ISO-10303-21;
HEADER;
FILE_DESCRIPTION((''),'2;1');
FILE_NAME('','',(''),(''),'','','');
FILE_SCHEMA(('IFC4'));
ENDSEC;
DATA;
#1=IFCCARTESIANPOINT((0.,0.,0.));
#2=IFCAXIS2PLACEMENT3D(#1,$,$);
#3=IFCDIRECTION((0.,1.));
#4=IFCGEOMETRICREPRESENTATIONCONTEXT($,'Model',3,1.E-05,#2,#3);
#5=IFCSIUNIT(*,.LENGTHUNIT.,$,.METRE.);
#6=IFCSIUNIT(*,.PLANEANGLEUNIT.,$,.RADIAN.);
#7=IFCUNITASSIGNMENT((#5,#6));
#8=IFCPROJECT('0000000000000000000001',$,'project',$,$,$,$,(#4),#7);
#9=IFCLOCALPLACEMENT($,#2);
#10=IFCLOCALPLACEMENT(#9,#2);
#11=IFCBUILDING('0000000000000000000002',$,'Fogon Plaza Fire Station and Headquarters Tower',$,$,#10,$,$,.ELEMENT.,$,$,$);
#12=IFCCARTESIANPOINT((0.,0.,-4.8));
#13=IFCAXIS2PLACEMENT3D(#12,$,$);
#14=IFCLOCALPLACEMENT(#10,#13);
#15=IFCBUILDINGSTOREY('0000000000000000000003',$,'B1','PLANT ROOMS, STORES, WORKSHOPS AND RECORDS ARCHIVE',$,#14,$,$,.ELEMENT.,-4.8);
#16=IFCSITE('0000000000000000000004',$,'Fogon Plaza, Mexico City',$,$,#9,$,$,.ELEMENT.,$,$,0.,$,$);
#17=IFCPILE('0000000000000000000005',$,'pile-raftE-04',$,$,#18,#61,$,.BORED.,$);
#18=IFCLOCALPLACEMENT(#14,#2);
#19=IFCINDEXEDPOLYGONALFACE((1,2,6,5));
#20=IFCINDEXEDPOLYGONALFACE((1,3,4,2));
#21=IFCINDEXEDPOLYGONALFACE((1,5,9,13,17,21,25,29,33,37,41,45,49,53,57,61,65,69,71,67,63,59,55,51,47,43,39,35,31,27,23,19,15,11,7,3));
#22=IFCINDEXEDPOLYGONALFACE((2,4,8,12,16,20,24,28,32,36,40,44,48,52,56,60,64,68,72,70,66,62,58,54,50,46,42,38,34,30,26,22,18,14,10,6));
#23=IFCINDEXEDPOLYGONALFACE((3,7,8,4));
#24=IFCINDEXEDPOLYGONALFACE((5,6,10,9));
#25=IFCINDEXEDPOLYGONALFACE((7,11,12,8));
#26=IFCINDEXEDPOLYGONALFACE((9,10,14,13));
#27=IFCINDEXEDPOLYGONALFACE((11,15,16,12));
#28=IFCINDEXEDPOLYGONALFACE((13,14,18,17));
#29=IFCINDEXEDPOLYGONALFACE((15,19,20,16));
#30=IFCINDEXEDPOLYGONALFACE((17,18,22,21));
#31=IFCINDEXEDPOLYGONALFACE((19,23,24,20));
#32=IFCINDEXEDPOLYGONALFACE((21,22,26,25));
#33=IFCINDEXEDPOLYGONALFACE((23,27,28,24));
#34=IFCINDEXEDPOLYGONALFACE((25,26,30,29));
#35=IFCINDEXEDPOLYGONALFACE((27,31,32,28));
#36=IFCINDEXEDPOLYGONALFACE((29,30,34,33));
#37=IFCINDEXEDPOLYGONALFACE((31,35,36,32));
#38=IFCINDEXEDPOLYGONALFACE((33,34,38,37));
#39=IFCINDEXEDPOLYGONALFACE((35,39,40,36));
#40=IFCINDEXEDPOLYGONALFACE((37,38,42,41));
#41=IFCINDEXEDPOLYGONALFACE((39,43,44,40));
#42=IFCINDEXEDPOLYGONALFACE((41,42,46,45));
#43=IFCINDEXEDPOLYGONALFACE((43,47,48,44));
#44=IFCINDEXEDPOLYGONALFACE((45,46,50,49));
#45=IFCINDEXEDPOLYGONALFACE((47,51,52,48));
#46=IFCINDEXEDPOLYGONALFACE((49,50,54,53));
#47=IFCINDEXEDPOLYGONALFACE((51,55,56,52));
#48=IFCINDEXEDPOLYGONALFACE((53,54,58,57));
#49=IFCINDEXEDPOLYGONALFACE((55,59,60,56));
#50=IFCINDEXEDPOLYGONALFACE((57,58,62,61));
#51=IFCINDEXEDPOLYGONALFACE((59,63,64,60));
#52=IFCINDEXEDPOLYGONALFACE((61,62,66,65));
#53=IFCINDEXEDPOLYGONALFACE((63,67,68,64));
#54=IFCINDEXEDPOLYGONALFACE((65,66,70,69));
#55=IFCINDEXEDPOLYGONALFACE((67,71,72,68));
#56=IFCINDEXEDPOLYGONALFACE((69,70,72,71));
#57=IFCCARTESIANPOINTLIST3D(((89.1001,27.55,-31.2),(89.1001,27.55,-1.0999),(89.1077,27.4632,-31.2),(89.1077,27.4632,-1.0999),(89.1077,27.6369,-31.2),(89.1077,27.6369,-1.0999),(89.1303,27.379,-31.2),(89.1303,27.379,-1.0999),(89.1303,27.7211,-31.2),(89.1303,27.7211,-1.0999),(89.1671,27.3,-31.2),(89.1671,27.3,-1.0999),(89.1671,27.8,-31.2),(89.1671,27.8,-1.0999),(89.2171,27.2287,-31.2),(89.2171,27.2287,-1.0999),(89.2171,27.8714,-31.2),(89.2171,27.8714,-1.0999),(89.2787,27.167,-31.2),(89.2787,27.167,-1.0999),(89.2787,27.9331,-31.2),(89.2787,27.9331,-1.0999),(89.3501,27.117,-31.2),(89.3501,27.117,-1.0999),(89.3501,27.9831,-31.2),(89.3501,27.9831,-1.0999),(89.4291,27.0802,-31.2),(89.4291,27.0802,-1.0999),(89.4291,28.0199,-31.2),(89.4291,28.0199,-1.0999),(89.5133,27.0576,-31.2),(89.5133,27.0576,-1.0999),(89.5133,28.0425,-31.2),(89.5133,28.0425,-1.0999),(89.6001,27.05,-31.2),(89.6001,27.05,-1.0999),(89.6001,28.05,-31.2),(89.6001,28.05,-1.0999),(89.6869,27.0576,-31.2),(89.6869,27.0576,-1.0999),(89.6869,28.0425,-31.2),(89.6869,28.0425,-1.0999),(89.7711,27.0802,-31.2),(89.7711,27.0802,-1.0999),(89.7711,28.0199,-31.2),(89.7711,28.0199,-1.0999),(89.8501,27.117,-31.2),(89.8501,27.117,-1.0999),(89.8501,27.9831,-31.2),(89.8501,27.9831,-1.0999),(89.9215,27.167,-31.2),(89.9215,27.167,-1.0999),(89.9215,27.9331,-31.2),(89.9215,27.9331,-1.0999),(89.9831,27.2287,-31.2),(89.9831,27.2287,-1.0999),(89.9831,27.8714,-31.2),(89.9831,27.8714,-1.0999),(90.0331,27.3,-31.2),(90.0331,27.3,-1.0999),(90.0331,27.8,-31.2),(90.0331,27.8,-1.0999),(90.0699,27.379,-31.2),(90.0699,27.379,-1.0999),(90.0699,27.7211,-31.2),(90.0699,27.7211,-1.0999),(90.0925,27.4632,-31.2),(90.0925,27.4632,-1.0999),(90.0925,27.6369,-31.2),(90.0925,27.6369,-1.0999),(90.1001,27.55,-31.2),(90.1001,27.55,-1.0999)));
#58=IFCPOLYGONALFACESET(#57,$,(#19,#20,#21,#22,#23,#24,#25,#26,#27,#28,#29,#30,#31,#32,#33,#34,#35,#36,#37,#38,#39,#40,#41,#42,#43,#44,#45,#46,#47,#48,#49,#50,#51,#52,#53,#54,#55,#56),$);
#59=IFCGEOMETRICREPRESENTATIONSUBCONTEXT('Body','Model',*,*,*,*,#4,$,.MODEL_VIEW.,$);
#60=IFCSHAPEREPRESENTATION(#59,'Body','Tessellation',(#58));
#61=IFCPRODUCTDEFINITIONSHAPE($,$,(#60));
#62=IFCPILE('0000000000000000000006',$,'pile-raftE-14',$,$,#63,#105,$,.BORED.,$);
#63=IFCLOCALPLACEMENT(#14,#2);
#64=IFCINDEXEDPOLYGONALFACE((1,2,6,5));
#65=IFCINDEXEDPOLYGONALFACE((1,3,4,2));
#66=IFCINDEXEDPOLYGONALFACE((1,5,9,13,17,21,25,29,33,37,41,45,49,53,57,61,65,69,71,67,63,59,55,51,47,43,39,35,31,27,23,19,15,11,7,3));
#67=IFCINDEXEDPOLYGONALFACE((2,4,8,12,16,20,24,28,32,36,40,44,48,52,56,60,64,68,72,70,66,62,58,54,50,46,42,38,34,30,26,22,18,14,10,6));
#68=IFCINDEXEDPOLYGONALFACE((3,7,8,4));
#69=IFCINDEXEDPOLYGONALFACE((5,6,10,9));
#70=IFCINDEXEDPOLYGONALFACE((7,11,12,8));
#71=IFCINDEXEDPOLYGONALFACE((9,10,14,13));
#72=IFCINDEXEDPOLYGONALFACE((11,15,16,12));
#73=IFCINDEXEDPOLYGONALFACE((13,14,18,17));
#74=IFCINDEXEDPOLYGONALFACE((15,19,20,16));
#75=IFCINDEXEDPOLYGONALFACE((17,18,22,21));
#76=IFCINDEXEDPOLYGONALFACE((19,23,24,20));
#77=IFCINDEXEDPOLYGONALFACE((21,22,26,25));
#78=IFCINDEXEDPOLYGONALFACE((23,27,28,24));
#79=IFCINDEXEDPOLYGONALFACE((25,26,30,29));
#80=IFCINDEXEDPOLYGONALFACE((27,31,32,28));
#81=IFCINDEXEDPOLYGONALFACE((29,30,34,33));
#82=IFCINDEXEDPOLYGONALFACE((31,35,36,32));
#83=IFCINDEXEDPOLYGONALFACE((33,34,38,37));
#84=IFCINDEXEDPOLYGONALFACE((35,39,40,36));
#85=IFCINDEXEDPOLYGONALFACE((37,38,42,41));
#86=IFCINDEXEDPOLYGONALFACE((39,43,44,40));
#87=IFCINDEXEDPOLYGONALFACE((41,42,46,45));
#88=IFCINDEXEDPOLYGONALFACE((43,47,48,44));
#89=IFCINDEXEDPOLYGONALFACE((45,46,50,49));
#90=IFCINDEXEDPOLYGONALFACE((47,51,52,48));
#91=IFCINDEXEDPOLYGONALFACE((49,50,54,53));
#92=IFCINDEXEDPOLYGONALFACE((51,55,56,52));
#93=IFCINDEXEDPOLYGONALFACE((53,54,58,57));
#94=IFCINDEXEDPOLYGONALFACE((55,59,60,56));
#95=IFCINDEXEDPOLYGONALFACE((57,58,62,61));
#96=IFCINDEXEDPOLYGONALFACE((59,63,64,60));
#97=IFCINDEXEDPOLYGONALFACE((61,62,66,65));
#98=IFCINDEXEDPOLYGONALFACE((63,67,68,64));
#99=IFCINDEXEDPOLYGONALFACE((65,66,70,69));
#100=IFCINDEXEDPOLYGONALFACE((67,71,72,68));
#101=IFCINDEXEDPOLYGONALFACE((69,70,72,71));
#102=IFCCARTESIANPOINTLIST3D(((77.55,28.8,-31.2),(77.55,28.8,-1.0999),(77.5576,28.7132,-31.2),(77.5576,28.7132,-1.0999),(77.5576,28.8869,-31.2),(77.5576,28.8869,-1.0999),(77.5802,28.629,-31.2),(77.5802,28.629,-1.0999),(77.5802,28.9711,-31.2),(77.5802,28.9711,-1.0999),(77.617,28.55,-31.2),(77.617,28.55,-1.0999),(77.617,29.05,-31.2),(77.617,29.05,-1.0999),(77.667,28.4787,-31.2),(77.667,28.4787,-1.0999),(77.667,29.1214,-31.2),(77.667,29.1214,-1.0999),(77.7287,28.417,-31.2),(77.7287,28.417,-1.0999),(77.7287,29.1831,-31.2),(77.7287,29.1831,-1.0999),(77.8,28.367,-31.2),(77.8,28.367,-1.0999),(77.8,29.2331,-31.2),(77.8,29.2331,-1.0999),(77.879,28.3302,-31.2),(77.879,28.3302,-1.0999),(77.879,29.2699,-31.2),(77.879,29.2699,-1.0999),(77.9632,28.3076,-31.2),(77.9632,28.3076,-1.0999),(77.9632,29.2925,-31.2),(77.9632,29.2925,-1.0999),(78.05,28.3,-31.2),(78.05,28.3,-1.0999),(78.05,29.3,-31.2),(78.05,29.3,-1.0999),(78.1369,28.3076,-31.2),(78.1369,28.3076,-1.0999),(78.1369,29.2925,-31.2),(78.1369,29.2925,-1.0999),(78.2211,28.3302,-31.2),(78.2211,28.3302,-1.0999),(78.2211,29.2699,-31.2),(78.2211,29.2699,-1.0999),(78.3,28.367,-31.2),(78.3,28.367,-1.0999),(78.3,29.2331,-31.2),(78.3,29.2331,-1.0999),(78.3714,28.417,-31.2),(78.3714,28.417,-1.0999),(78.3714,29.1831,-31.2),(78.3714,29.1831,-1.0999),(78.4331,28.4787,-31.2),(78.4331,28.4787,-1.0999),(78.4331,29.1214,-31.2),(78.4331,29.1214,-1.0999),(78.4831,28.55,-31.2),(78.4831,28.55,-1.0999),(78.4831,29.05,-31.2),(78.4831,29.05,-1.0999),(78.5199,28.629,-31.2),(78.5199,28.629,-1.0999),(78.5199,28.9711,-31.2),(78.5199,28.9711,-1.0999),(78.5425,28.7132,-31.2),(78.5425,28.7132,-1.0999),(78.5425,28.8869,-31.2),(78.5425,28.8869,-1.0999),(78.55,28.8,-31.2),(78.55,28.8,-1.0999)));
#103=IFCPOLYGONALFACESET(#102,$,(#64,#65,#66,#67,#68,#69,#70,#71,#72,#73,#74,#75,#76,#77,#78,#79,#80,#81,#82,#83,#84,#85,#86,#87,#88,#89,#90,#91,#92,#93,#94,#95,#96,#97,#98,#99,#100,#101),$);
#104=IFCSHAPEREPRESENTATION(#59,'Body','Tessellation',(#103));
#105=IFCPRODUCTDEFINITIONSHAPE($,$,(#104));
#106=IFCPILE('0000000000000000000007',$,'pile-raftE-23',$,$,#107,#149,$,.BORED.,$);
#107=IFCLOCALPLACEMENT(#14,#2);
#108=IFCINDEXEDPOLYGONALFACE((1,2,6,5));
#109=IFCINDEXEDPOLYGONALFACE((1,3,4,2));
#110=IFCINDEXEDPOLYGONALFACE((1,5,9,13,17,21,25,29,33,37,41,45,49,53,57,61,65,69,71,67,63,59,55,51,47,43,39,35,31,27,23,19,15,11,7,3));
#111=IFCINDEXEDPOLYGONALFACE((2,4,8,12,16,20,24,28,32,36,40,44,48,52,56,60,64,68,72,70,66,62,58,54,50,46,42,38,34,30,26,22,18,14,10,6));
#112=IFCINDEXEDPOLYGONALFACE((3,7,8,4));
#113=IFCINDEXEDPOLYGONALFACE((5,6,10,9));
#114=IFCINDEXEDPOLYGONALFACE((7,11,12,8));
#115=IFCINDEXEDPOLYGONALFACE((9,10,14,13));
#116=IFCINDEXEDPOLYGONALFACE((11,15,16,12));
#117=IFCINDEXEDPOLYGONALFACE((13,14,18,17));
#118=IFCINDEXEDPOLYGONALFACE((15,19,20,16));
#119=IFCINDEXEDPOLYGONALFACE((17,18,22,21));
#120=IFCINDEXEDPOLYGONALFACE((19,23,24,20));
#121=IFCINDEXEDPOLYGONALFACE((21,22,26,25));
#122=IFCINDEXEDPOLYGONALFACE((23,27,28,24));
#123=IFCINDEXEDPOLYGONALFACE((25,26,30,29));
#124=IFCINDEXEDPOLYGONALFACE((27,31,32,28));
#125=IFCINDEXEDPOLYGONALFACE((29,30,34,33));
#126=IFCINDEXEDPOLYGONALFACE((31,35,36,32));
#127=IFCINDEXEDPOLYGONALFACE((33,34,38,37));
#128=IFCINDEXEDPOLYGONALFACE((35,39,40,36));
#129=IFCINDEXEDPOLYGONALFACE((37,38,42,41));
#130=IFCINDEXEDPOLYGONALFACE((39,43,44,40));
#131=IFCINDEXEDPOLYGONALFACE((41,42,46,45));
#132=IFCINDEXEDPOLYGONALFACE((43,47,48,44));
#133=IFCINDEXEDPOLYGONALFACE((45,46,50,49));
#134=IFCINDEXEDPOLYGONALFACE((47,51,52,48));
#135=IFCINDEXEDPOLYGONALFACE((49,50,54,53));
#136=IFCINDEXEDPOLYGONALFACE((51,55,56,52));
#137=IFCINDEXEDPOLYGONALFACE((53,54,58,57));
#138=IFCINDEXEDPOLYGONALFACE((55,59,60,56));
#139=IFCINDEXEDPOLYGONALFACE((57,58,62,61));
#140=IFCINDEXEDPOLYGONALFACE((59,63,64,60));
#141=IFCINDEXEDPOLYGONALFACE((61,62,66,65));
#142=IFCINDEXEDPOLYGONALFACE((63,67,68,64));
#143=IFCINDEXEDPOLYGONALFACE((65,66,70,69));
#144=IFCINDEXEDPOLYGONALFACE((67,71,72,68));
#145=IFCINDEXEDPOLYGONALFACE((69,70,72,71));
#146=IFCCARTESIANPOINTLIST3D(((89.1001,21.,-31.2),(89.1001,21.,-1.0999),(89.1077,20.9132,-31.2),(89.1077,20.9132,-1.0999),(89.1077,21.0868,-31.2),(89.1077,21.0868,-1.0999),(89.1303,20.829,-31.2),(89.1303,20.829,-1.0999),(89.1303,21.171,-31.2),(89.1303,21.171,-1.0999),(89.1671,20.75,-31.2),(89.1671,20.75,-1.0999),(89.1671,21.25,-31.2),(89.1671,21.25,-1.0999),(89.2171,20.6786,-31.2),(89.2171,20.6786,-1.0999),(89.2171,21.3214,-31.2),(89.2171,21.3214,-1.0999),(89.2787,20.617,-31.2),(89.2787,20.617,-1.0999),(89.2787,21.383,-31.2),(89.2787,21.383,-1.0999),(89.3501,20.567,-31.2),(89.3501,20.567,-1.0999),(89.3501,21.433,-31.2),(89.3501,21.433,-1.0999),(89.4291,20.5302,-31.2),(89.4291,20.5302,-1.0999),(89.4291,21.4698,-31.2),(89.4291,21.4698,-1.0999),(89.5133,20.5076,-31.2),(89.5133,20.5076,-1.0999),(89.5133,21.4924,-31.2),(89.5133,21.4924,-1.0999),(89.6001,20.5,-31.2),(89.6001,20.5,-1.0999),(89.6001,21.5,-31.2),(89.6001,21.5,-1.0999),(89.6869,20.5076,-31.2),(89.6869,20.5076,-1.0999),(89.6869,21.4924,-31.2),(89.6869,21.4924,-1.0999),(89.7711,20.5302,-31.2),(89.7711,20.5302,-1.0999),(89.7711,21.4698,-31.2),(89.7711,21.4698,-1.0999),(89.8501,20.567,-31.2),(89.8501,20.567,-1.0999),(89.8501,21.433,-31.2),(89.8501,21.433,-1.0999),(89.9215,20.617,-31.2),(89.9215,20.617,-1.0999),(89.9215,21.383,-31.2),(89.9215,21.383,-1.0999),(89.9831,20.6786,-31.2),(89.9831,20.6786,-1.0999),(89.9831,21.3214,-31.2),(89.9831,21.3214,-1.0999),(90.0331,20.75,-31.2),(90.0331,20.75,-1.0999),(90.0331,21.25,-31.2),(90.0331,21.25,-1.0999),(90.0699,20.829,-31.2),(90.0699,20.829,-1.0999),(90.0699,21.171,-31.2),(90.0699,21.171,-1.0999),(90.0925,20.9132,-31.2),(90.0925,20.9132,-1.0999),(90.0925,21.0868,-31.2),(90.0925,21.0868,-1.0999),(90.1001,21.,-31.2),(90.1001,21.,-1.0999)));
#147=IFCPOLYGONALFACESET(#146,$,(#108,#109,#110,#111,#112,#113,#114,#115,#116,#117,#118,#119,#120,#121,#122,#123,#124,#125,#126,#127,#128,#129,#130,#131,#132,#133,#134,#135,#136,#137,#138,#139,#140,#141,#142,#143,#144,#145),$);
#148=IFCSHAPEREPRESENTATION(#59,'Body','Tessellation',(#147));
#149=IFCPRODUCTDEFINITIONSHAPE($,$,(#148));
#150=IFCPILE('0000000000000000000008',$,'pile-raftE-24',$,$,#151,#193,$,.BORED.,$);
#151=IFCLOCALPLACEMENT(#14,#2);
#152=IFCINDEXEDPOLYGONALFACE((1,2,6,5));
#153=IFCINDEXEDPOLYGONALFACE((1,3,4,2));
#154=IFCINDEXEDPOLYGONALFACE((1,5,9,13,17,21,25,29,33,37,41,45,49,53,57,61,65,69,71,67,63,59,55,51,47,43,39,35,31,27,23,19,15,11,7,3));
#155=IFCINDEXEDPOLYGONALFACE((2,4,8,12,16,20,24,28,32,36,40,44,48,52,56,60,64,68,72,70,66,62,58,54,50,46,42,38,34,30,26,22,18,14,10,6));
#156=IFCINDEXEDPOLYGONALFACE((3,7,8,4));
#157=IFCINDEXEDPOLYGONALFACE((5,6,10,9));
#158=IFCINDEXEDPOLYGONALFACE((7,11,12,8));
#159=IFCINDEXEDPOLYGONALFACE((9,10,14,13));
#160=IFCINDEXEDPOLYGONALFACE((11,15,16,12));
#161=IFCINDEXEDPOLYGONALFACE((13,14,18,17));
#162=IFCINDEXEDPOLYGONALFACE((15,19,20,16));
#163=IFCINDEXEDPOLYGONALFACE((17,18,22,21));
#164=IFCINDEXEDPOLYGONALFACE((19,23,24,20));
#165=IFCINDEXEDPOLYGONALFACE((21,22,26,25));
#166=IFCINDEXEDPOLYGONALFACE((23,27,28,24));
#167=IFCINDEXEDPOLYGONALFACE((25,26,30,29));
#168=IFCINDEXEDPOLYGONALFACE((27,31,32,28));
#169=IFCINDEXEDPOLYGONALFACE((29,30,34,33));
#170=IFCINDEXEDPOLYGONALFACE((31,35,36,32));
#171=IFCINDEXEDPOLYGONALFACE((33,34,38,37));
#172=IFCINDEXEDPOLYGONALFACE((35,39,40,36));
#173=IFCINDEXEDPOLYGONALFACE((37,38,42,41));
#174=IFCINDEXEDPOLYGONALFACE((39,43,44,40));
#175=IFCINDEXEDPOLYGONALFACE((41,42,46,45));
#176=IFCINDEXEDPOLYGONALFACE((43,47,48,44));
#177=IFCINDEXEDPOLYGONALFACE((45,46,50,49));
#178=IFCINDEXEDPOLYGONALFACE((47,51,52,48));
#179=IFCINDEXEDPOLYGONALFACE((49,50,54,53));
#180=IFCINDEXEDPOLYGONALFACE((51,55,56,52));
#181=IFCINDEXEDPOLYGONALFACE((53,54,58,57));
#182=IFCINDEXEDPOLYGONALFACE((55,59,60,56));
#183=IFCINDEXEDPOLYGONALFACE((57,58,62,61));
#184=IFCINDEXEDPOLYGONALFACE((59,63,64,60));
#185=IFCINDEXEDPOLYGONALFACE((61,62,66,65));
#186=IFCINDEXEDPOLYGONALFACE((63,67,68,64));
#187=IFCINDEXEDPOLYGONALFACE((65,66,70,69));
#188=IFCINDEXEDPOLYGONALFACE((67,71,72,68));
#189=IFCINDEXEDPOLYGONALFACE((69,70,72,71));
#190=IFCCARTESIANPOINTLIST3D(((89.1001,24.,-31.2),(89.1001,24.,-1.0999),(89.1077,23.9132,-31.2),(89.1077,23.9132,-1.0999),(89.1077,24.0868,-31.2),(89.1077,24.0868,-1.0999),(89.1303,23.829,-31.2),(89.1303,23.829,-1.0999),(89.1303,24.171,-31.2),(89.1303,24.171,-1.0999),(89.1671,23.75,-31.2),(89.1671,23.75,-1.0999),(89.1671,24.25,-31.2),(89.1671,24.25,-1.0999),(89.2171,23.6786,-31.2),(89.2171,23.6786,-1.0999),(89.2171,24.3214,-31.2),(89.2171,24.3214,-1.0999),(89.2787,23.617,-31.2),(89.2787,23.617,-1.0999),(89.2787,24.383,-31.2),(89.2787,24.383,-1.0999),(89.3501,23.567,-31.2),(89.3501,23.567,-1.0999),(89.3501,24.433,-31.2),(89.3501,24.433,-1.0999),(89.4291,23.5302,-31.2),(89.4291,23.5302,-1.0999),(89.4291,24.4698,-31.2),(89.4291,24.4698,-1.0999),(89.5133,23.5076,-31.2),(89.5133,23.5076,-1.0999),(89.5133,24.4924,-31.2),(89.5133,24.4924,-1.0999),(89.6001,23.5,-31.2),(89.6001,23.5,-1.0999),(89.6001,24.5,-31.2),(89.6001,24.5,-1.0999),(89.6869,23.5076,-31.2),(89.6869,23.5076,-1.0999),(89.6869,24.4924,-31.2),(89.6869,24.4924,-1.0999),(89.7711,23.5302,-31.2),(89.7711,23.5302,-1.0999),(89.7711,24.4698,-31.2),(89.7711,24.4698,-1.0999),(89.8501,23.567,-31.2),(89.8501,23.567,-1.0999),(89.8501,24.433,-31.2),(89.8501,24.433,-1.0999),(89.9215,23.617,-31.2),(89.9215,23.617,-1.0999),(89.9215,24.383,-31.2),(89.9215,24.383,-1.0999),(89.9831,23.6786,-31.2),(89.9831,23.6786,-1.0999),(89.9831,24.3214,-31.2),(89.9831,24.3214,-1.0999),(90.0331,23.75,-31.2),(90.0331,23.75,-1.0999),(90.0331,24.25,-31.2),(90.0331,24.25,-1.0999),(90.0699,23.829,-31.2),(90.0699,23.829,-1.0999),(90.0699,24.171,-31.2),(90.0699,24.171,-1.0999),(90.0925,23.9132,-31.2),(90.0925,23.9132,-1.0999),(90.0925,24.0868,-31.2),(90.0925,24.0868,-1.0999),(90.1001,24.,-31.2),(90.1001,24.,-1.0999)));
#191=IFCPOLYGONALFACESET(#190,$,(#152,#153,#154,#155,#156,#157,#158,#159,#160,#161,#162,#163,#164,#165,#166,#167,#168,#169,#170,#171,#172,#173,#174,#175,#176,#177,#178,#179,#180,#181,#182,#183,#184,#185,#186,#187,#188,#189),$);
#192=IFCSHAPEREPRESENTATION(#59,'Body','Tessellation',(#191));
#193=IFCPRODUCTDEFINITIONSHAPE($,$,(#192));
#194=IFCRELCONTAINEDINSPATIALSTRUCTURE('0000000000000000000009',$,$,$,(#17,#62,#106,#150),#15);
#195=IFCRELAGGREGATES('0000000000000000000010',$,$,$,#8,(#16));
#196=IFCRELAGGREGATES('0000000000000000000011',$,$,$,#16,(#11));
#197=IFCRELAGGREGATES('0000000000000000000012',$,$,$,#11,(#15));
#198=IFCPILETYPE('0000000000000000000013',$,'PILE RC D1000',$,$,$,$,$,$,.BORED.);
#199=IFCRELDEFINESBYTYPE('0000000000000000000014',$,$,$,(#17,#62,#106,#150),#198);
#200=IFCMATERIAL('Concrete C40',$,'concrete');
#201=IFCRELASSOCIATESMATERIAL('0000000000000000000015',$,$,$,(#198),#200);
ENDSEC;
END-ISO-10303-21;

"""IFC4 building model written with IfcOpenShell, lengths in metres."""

from ifc_helpers import new_model, si_unit, direction, frame, origin, origin_2d, place, context, subcontext, project, spatial, circle, extrude, material, material_profile, profile_set, type_object, element, save


model = new_model("IFC4")

# Units and contexts
model_context = context("Model", 3, precision=1e-05, world=origin(), true_north=direction((0.0, 1.0)))
body_context = subcontext(model_context, "Body", "Model", "MODEL_VIEW")
ifc_project = project(units=[si_unit("LENGTHUNIT", "METRE"), si_unit("PLANEANGLEUNIT", "RADIAN")], contexts=[model_context])

# Site, building, storey
site_placement = place(None, origin())
site = spatial("IfcSite", under=ifc_project, at=site_placement, Name="Fogon Plaza, Mexico City", CompositionType="ELEMENT", RefElevation=0.0)
building_placement = place(site_placement, origin())
building = spatial("IfcBuilding", under=site, at=building_placement, Name="Fogon Plaza Fire Station and Headquarters Tower", CompositionType="ELEMENT")
storey_placement = place(building_placement, frame((0.0, 0.0, -4.8)))
storey = spatial("IfcBuildingStorey", under=building, at=storey_placement, Name="B1", Description="PLANT ROOMS, STORES, WORKSHOPS AND RECORDS ARCHIVE", CompositionType="ELEMENT", Elevation=-4.8)

# Piles
ifc_material_1 = material(Name="Concrete C40", Category="concrete")
ifc_material_profile_1 = material_profile(ifc_material_1, circle(Radius=0.5, at=origin_2d()), Name="RC D1000")
ifc_profile_set_1 = profile_set([ifc_material_profile_1], Name="Concrete C40")
pile_type = type_object("IfcPileType", Name="PILE RC D1000", PredefinedType="BORED", material=ifc_profile_set_1)
for number, where, z_axis, x_axis, name in (
    (1, (89.6001, 27.55, -1.0999), (0.0, 0.0, -1.0), (1.0, 0.0, 0.0), "pile-raftE-04"),
    (2, (78.05, 28.8, -1.0999), (0.0, 0.0, -1.0), (1.0, 0.0, 0.0), "pile-raftE-14"),
    (3, (89.6001, 21.0, -1.0999), (0.0, 0.0, -1.0), (1.0, 0.0, 0.0), "pile-raftE-23"),
    (4, (89.6001, 24.0, -1.0999), (0.0, 0.0, -1.0), (1.0, 0.0, 0.0), "pile-raftE-24"),
):
    element("IfcPile", number, at=place(storey_placement, frame(where, z_axis=z_axis, x_axis=x_axis)), inside=storey, type_object=pile_type, Name=name, PredefinedType="BORED", context=body_context, shape_type="SweptSolid", body=[
        extrude(circle(Radius=0.5, at=origin_2d()), origin(), (0.0, 0.0, 1.0), 30.1001),
    ])

save(model, "model.ifc")
